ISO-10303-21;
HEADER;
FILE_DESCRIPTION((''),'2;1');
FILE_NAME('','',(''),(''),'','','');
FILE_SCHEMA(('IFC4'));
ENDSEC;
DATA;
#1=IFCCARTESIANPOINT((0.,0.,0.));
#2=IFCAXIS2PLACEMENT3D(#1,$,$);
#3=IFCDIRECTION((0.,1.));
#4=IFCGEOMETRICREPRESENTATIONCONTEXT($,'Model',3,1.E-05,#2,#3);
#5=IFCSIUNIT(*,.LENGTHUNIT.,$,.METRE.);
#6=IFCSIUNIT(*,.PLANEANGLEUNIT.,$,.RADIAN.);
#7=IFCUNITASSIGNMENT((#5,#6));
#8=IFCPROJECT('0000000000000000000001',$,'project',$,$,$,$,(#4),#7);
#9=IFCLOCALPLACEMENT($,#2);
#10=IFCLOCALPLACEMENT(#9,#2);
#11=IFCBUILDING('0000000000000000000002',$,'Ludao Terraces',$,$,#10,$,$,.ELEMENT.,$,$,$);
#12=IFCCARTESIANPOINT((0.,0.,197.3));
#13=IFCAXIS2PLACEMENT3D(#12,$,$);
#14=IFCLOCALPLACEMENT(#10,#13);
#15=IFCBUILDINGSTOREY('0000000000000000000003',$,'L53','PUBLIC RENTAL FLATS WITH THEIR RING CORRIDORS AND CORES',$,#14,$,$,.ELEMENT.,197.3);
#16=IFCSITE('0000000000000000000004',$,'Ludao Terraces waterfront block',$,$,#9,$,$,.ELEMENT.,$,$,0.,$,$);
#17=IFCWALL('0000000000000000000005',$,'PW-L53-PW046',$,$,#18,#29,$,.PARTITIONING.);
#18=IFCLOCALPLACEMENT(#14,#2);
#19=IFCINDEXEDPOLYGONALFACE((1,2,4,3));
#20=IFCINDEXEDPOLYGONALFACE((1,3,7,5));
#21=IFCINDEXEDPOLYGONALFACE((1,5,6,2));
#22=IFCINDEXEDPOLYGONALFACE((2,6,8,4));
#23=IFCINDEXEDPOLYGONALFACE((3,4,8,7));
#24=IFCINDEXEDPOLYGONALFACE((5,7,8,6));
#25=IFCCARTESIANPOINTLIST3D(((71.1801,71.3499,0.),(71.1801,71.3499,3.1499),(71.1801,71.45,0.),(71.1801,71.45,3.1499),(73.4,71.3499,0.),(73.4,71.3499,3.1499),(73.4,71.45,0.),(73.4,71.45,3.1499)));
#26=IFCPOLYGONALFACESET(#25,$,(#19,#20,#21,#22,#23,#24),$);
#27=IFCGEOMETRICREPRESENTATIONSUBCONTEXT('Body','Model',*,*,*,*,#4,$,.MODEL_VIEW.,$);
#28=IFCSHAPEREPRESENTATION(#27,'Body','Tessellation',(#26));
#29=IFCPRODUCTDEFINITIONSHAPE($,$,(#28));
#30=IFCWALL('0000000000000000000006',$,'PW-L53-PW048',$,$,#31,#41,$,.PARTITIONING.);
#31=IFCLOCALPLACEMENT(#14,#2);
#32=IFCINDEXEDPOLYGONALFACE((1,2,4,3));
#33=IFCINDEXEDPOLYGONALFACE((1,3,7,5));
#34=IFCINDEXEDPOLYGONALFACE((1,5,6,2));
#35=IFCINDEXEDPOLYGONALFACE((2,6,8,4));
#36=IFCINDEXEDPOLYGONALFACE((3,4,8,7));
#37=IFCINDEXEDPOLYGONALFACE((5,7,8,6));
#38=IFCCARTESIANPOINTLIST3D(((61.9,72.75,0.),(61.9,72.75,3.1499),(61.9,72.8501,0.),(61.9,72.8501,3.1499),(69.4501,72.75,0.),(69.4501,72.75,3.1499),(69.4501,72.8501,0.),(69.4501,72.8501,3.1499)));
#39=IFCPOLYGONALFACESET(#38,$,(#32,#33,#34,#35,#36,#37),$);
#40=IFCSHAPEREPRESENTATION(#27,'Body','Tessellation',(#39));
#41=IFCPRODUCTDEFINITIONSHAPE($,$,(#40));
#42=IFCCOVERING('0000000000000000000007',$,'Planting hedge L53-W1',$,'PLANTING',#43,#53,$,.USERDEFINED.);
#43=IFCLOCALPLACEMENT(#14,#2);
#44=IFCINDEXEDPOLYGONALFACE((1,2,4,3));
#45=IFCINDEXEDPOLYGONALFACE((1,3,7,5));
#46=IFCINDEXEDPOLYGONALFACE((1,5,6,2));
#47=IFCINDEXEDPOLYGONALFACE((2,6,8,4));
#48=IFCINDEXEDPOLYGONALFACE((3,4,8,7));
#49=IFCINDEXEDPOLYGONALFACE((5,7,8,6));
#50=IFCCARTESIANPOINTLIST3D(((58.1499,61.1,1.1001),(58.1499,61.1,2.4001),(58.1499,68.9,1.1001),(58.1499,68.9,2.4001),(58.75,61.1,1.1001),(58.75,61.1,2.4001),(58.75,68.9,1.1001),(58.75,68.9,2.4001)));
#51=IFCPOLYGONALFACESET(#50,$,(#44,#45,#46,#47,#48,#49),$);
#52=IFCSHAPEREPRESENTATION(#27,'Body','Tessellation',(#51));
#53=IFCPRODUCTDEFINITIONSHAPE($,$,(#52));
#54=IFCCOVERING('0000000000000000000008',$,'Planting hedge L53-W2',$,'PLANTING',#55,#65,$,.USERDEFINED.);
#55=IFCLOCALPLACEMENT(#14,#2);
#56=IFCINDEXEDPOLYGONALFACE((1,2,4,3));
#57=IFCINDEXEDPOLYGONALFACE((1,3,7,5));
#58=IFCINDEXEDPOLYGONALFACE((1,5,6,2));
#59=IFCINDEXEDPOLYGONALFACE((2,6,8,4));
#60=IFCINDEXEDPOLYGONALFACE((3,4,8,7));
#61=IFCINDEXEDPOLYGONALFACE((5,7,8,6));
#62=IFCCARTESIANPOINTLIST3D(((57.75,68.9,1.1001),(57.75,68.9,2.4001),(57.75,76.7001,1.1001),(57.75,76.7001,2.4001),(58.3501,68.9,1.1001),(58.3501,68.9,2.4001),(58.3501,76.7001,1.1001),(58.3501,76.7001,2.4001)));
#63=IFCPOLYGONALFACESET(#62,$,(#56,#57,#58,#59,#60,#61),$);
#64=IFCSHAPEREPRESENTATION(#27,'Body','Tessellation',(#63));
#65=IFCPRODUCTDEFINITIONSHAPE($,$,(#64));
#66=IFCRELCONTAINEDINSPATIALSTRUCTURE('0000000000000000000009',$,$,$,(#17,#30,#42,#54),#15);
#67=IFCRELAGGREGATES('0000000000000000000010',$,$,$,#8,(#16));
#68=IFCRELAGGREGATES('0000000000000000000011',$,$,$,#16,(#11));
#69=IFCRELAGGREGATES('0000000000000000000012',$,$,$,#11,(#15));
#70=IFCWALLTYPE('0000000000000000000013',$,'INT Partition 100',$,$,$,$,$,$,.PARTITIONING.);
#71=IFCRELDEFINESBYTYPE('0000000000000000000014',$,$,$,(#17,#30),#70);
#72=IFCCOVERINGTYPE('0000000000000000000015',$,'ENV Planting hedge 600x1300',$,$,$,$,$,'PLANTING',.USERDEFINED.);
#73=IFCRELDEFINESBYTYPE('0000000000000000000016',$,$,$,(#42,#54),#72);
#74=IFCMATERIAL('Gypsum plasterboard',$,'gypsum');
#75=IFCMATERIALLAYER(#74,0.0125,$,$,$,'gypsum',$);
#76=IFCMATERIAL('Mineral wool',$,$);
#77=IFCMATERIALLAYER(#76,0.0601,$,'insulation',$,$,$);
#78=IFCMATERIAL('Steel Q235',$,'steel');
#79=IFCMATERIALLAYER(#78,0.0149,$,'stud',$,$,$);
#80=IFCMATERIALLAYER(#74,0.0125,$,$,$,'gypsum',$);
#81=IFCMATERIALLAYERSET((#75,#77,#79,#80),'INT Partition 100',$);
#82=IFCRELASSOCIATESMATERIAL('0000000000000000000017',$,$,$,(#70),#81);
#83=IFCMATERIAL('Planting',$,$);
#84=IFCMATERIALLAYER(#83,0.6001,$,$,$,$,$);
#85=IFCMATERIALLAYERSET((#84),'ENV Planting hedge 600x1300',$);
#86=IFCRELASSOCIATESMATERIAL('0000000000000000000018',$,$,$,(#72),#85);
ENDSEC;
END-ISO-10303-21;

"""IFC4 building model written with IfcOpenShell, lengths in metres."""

from ifc_helpers import new_model, si_unit, direction, frame, frame_2d, origin, origin_2d, place, context, subcontext, project, spatial, rectangle, extrude, material, layer, layer_set, type_object, element, save


model = new_model("IFC4")

# Units and contexts
model_context = context("Model", 3, precision=1e-05, world=origin(), true_north=direction((0.0, 1.0)))
body_context = subcontext(model_context, "Body", "Model", "MODEL_VIEW")
ifc_project = project(units=[si_unit("LENGTHUNIT", "METRE"), si_unit("PLANEANGLEUNIT", "RADIAN")], contexts=[model_context])

# Site, building, storey
site_placement = place(None, origin())
site = spatial("IfcSite", under=ifc_project, at=site_placement, Name="Ludao Terraces waterfront block", CompositionType="ELEMENT", RefElevation=0.0)
building_placement = place(site_placement, origin())
building = spatial("IfcBuilding", under=site, at=building_placement, Name="Ludao Terraces", CompositionType="ELEMENT")
storey_placement = place(building_placement, frame((0.0, 0.0, 197.3)))
storey = spatial("IfcBuildingStorey", under=building, at=storey_placement, Name="L53", Description="PUBLIC RENTAL FLATS WITH THEIR RING CORRIDORS AND CORES", CompositionType="ELEMENT", Elevation=197.3)

# Shared definitions
ifc_material_1 = material(Name="Mineral wool")

# Walls
ifc_material_2 = material(Name="Gypsum plasterboard", Category="gypsum")
ifc_layer_1 = layer(ifc_material_2, 0.0125, Category="gypsum")
ifc_layer_2 = layer(ifc_material_1, 0.0601, Name="insulation")
ifc_material_3 = material(Name="Steel Q235", Category="steel")
ifc_layer_3 = layer(ifc_material_3, 0.0149, Name="stud")
ifc_layer_4 = layer(ifc_material_2, 0.0125, Category="gypsum")
ifc_layer_set_1 = layer_set([ifc_layer_1, ifc_layer_2, ifc_layer_3, ifc_layer_4], Name="INT Partition 100")
wall_type_1 = type_object("IfcWallType", Name="INT Partition 100", PredefinedType="PARTITIONING", material=ifc_layer_set_1)
wall_1_placement = place(storey_placement, frame((71.1802, 71.3999, 0.0), z_axis=(0.0, 0.0, 1.0), x_axis=(1.0, 0.0, 0.0)))
element("IfcWall", 1, at=wall_1_placement, inside=storey, type_object=wall_type_1, Name="PW-L53-PW046", PredefinedType="PARTITIONING", context=body_context, shape_type="SweptSolid", body=[
    extrude(rectangle(XDim=2.22, YDim=0.1001, at=frame_2d((1.1099, 0.0))), origin(), (0.0, 0.0, 1.0), 3.1499),
])
wall_2_placement = place(storey_placement, frame((61.9001, 72.8, 0.0), z_axis=(0.0, 0.0, 1.0), x_axis=(1.0, 0.0, 0.0)))
element("IfcWall", 2, at=wall_2_placement, inside=storey, type_object=wall_type_1, Name="PW-L53-PW048", PredefinedType="PARTITIONING", context=body_context, shape_type="SweptSolid", body=[
    extrude(rectangle(XDim=7.55, YDim=0.1001, at=frame_2d((3.7749, 0.0))), origin(), (0.0, 0.0, 1.0), 3.1499),
])

# Coverings
ifc_material_4 = material(Name="Planting")
ifc_layer_5 = layer(ifc_material_4, 0.6001)
ifc_layer_set_2 = layer_set([ifc_layer_5], Name="ENV Planting hedge 600x1300")
covering_type = type_object("IfcCoveringType", Name="ENV Planting hedge 600x1300", ElementType="PLANTING", PredefinedType="USERDEFINED", material=ifc_layer_set_2)
for number, where, z_axis, x_axis, name in (
    (3, (58.45, 65.0, 1.1001), (0.0, 0.0, 1.0), (1.0, 0.0, 0.0), "Planting hedge L53-W1"),
    (4, (58.05, 72.8, 1.1001), (0.0, 0.0, 1.0), (1.0, 0.0, 0.0), "Planting hedge L53-W2"),
):
    element("IfcCovering", number, at=place(storey_placement, frame(where, z_axis=z_axis, x_axis=x_axis)), inside=storey, type_object=covering_type, Name=name, ObjectType="PLANTING", PredefinedType="USERDEFINED", context=body_context, shape_type="SweptSolid", body=[
        extrude(rectangle(XDim=0.6001, YDim=7.8, at=origin_2d()), origin(), (0.0, 0.0, 1.0), 1.3),
    ])

save(model, "model.ifc")
